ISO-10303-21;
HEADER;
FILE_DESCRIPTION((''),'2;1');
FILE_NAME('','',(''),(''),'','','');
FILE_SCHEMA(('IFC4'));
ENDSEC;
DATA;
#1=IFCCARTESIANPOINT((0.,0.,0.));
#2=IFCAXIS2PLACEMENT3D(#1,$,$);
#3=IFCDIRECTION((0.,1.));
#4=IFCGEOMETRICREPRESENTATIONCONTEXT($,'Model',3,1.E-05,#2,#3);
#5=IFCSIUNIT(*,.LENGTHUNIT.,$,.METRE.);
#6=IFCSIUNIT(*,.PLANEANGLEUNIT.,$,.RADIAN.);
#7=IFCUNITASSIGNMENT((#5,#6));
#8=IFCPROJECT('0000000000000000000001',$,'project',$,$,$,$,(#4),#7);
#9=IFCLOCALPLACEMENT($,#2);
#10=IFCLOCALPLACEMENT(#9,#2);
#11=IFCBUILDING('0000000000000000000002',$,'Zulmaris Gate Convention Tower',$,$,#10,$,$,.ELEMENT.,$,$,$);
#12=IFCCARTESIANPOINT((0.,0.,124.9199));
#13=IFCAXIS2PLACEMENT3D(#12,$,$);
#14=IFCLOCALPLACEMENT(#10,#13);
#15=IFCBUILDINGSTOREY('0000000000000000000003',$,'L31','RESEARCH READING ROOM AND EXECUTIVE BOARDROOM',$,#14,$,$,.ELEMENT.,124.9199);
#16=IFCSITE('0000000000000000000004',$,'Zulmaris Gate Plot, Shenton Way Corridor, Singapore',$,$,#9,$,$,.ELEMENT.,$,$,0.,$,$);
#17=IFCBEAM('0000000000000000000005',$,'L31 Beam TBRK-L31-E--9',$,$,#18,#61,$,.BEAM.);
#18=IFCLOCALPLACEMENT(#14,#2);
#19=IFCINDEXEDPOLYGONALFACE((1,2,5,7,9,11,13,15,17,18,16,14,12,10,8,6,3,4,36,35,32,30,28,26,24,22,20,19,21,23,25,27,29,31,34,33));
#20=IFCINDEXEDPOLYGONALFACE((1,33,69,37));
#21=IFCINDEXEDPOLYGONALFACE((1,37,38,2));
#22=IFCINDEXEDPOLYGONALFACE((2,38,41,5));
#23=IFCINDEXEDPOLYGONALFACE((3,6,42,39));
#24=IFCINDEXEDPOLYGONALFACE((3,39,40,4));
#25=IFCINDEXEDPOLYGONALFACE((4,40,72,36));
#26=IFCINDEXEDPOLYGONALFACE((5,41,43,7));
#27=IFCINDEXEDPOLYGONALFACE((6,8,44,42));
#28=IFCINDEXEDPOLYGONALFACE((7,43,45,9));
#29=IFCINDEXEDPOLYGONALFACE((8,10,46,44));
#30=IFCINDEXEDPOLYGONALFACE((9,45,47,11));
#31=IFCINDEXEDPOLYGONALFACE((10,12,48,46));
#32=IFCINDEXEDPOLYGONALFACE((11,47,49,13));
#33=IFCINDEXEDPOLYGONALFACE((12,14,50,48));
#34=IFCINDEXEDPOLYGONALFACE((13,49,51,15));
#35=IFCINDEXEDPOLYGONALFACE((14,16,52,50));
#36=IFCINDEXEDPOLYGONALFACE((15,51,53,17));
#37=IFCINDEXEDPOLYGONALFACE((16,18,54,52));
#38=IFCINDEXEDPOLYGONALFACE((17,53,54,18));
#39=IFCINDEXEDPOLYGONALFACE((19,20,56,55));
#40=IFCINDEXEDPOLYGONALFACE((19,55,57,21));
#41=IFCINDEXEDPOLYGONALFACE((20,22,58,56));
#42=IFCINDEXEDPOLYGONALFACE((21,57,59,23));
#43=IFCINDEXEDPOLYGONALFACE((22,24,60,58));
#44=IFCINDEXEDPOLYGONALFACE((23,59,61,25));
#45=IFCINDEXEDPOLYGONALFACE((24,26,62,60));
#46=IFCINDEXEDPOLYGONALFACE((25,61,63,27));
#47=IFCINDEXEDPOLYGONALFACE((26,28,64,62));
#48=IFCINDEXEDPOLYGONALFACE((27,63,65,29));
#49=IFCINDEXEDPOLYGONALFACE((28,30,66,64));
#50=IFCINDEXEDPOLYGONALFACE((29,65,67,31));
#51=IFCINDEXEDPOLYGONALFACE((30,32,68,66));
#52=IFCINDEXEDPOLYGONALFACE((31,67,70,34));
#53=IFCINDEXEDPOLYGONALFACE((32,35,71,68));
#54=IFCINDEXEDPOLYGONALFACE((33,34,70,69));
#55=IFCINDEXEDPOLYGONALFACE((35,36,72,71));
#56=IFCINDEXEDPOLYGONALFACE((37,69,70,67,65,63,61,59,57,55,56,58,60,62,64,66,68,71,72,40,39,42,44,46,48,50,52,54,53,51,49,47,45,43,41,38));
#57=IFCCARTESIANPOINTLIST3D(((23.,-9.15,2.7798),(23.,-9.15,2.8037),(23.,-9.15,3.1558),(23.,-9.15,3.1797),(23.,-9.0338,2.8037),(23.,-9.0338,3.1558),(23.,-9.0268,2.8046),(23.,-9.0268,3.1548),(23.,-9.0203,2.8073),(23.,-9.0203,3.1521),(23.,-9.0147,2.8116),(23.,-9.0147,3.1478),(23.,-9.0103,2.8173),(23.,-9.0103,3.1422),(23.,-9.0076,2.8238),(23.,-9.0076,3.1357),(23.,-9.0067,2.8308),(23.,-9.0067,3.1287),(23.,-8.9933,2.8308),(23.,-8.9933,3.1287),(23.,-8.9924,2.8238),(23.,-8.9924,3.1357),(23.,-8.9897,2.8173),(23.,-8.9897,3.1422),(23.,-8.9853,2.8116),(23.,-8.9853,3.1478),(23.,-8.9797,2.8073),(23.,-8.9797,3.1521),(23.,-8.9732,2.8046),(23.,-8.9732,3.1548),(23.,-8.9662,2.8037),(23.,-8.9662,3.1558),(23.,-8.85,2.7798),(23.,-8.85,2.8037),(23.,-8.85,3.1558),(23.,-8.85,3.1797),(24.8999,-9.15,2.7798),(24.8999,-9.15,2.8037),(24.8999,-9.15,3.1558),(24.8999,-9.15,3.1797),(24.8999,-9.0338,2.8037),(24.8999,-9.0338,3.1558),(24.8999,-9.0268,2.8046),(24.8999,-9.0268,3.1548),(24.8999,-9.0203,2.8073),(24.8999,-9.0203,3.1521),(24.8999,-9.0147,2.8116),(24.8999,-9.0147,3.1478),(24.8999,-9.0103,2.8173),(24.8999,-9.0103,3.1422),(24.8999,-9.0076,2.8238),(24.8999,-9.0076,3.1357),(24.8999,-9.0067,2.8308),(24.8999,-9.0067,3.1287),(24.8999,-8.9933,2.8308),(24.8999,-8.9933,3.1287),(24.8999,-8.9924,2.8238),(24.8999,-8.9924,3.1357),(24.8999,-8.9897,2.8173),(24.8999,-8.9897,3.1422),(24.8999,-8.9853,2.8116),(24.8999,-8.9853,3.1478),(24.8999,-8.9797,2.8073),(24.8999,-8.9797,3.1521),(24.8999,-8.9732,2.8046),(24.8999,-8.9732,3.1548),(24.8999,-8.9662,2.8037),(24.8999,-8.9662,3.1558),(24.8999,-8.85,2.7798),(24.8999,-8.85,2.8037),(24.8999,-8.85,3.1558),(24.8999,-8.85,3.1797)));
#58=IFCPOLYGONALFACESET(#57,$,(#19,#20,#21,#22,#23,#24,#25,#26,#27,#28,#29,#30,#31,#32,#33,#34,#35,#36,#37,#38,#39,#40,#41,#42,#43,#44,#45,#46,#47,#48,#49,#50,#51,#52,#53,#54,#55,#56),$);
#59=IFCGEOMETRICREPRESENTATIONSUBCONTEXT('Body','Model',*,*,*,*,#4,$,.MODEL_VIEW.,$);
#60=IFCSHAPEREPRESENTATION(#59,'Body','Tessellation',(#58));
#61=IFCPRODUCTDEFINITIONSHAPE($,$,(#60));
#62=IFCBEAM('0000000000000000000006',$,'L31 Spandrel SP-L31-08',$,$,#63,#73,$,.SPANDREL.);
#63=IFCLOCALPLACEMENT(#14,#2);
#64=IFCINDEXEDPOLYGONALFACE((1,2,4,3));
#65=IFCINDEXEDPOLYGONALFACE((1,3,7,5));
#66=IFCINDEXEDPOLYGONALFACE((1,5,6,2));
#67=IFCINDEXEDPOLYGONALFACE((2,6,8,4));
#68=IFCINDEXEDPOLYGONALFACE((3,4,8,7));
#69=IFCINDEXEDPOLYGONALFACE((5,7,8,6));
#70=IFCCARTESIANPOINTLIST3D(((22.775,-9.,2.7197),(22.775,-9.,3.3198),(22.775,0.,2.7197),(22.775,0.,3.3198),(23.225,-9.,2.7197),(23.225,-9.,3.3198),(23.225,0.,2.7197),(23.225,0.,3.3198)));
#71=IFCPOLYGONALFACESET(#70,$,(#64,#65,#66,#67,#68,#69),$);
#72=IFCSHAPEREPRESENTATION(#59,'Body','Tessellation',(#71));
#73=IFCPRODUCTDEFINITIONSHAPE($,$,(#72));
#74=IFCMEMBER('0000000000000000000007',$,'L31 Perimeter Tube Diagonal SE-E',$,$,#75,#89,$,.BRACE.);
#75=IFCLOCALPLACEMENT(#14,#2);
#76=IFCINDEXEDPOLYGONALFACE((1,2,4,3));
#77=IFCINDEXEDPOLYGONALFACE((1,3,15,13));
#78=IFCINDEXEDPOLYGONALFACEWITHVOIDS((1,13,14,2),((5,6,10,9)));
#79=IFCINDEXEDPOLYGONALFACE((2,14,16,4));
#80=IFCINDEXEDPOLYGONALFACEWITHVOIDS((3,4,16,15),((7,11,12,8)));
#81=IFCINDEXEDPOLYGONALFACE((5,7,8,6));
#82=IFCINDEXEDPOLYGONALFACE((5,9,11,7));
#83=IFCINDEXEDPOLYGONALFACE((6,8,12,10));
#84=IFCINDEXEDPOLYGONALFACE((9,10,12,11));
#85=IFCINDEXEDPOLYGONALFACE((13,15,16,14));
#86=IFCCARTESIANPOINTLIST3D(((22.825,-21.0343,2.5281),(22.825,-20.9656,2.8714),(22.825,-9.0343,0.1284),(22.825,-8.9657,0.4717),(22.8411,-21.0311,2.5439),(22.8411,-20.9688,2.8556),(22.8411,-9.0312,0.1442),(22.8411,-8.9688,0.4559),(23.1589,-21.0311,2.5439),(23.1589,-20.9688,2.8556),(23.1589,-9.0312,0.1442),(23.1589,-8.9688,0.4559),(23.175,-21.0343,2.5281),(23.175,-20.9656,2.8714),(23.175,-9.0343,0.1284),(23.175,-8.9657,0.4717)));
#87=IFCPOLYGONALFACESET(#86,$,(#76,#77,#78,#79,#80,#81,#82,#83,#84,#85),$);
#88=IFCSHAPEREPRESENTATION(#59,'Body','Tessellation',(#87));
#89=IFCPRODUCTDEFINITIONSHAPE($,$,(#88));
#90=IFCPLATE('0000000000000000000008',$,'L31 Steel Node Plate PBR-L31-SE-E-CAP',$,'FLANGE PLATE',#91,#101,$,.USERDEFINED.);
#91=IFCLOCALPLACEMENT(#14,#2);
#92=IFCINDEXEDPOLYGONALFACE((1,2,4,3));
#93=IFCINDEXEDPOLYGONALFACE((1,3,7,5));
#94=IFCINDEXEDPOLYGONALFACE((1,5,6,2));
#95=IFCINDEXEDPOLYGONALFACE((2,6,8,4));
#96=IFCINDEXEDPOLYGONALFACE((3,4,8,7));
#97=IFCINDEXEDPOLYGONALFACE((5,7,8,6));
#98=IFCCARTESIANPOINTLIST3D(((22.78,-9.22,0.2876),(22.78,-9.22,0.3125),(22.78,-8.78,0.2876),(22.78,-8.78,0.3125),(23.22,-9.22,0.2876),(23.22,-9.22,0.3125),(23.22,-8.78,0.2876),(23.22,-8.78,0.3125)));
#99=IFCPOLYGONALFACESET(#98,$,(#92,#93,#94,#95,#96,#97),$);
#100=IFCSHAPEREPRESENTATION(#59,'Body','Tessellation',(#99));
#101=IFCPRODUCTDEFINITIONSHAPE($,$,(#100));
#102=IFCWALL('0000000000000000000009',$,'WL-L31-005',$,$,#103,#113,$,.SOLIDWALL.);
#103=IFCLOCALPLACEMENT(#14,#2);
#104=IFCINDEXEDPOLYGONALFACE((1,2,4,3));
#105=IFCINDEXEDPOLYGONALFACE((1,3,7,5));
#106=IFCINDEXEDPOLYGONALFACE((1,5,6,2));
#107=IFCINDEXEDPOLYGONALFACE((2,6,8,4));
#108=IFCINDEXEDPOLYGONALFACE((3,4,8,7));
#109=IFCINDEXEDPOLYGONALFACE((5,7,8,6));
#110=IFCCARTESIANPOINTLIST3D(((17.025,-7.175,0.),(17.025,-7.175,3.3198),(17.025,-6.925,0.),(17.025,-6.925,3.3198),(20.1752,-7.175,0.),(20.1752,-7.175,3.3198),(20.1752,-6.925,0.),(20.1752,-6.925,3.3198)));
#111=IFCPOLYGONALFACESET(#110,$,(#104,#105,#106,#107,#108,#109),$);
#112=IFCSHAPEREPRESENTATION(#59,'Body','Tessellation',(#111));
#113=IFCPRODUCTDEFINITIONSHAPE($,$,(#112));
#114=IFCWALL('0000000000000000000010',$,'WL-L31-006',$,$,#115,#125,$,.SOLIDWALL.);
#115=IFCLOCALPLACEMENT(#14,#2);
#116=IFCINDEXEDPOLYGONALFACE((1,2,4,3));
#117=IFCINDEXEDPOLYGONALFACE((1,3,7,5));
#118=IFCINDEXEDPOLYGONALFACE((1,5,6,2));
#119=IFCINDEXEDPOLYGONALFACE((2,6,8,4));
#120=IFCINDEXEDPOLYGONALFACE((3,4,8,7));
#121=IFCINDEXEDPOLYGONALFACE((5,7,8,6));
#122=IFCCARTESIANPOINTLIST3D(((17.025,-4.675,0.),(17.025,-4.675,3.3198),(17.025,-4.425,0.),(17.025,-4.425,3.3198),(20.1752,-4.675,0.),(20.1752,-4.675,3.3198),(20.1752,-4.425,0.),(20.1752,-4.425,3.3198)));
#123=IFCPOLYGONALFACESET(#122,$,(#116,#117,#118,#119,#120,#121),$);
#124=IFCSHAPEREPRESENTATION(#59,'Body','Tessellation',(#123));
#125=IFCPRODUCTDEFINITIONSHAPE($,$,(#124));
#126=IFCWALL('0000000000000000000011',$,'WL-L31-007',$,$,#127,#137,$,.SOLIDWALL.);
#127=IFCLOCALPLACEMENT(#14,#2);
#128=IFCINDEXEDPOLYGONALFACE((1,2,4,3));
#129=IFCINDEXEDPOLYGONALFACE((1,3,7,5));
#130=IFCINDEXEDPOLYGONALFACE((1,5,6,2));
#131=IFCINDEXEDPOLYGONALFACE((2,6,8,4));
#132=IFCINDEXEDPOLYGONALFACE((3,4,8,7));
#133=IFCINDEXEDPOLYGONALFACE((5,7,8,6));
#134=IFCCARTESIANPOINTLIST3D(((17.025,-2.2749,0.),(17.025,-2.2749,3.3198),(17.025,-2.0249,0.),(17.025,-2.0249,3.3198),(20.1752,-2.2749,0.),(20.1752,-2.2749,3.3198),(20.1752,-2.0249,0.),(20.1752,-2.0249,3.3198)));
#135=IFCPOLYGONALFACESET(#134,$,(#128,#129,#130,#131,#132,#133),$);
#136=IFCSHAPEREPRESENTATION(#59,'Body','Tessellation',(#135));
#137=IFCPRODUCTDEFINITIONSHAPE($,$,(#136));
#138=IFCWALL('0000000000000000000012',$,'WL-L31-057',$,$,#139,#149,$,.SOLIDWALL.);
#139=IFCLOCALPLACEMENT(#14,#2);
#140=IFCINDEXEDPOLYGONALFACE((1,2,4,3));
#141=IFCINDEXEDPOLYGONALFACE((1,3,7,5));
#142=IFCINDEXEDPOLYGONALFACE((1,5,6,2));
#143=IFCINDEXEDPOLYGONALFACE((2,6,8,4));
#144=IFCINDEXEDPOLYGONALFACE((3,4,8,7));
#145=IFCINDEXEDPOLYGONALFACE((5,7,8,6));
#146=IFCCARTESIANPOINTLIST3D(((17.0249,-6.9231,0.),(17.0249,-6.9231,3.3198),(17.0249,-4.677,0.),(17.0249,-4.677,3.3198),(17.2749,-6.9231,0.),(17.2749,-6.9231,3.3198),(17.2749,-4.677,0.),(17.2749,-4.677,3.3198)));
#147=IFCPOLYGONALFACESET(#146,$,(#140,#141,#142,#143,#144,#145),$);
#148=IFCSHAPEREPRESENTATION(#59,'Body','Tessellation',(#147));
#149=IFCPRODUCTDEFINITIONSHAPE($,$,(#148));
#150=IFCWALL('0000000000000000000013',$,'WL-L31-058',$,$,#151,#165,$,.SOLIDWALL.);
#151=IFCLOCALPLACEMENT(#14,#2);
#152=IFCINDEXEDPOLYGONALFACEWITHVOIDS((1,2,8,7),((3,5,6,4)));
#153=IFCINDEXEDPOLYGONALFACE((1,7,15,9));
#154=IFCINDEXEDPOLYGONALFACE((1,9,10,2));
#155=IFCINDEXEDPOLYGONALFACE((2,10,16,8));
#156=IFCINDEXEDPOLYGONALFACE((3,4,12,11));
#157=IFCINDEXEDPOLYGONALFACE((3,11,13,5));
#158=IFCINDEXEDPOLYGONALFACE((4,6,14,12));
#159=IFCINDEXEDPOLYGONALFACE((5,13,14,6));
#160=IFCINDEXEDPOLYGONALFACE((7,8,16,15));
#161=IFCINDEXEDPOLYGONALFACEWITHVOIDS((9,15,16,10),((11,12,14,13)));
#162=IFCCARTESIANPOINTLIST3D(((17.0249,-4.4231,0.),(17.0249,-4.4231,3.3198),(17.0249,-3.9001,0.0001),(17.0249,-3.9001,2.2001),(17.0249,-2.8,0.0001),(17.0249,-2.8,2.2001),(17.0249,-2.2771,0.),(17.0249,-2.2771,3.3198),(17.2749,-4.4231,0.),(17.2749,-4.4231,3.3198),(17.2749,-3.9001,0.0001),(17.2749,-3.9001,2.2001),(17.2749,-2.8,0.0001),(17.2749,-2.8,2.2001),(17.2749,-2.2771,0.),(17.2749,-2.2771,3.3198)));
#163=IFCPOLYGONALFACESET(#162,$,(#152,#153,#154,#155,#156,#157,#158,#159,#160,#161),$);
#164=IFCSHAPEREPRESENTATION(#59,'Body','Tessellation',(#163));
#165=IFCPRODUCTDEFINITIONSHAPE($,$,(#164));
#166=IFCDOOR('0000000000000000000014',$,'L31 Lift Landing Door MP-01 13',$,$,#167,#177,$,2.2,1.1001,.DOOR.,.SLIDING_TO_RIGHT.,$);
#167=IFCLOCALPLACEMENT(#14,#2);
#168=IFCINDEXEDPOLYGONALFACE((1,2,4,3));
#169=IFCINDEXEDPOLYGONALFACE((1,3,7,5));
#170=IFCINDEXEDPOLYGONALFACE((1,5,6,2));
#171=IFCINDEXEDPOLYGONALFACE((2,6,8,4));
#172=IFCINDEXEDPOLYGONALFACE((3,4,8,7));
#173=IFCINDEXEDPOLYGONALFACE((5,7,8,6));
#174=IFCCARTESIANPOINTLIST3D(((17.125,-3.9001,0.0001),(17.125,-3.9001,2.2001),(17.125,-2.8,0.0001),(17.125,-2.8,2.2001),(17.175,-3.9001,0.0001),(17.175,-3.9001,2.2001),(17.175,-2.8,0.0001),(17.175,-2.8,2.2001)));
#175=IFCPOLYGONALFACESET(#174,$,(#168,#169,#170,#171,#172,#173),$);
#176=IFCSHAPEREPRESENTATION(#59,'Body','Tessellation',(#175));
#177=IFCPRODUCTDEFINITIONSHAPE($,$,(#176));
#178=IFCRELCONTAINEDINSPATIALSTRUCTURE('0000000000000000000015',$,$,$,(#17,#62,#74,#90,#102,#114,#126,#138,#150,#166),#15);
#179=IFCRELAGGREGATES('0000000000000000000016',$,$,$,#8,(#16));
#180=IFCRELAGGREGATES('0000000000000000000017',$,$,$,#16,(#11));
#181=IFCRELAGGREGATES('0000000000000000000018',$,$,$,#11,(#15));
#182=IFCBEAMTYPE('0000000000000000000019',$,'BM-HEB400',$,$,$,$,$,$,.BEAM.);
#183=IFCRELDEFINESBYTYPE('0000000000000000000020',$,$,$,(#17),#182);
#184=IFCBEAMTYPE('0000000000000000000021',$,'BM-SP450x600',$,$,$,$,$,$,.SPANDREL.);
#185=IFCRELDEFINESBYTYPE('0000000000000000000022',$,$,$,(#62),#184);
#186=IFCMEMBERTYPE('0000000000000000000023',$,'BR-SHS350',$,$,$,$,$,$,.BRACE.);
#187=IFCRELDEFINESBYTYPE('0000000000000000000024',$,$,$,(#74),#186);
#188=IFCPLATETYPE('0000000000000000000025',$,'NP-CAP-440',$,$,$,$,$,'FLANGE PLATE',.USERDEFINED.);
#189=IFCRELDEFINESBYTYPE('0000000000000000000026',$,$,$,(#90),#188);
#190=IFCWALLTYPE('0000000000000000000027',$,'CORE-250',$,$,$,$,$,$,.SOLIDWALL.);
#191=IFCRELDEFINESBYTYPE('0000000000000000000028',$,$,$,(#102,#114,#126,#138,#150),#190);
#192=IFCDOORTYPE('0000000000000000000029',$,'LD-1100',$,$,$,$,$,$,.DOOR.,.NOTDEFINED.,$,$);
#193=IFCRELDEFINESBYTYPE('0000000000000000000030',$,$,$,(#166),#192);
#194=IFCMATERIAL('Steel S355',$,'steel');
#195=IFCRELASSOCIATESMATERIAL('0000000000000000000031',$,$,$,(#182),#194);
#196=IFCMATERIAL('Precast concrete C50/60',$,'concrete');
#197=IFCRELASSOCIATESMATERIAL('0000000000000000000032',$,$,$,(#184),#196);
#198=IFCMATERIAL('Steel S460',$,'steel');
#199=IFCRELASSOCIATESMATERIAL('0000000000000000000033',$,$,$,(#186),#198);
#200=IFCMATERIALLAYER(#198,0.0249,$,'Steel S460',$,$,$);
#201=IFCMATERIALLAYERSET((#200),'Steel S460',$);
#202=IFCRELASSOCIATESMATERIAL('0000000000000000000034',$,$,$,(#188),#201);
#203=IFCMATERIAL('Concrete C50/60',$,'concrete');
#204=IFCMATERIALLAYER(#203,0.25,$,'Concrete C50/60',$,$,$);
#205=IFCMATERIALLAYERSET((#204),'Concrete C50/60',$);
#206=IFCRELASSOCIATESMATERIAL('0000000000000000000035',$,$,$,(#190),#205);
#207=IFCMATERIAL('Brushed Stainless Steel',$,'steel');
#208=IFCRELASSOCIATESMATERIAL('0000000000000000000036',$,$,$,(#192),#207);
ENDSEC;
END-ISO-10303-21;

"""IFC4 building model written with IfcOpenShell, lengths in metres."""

from ifc_helpers import new_model, si_unit, direction, frame, frame_2d, origin, origin_2d, place, context, subcontext, project, spatial, rectangle, hollow_rectangle, i_section, extrude, material, layer, layer_set, material_profile, profile_set, type_object, element, fill, save


model = new_model("IFC4")

# Units and contexts
model_context = context("Model", 3, precision=1e-05, world=origin(), true_north=direction((0.0, 1.0)))
body_context = subcontext(model_context, "Body", "Model", "MODEL_VIEW")
ifc_project = project(units=[si_unit("LENGTHUNIT", "METRE"), si_unit("PLANEANGLEUNIT", "RADIAN")], contexts=[model_context])

# Site, building, storey
site_placement = place(None, origin())
site = spatial("IfcSite", under=ifc_project, at=site_placement, Name="Zulmaris Gate Plot, Shenton Way Corridor, Singapore", CompositionType="ELEMENT", RefElevation=0.0)
building_placement = place(site_placement, origin())
building = spatial("IfcBuilding", under=site, at=building_placement, Name="Zulmaris Gate Convention Tower", CompositionType="ELEMENT")
storey_placement = place(building_placement, frame((0.0, 0.0, 124.9199)))
storey = spatial("IfcBuildingStorey", under=building, at=storey_placement, Name="L31", Description="RESEARCH READING ROOM AND EXECUTIVE BOARDROOM", CompositionType="ELEMENT", Elevation=124.9199)

# Beams
ifc_material_1 = material(Name="Steel S355", Category="steel")
ifc_material_profile_1 = material_profile(ifc_material_1, i_section(OverallWidth=0.3, OverallDepth=0.3999, WebThickness=0.0134, FlangeThickness=0.0239, FilletRadius=0.0271, at=origin_2d()), Name="HEB 400")
ifc_profile_set_1 = profile_set([ifc_material_profile_1], Name="Steel S355")
beam_type_1 = type_object("IfcBeamType", Name="BM-HEB400", PredefinedType="BEAM", material=ifc_profile_set_1)
beam_1_placement = place(storey_placement, frame((23.0, -9.0, 2.9797), z_axis=(1.0, 0.0, 0.0), x_axis=(0.0, 1.0, 0.0)))
element("IfcBeam", 1, at=beam_1_placement, inside=storey, type_object=beam_type_1, Name="L31 Beam TBRK-L31-E--9", PredefinedType="BEAM", context=body_context, shape_type="SweptSolid", body=[
    extrude(i_section(OverallWidth=0.3, OverallDepth=0.3999, WebThickness=0.0134, FlangeThickness=0.0239, FilletRadius=0.0271, at=origin_2d()), origin(), (0.0, 0.0, 1.0), 1.8999),
])
ifc_material_2 = material(Name="Precast concrete C50/60", Category="concrete")
ifc_material_profile_2 = material_profile(ifc_material_2, rectangle(XDim=0.45, YDim=0.6001, at=origin_2d()), Name="RC SPANDREL 450x600")
ifc_profile_set_2 = profile_set([ifc_material_profile_2], Name="Precast concrete C50/60")
beam_type_2 = type_object("IfcBeamType", Name="BM-SP450x600", PredefinedType="SPANDREL", material=ifc_profile_set_2)
beam_2_placement = place(storey_placement, frame((23.0, -9.0, 3.0198), z_axis=(0.0, 1.0, 0.0), x_axis=(-1.0, 0.0, 0.0)))
element("IfcBeam", 2, at=beam_2_placement, inside=storey, type_object=beam_type_2, Name="L31 Spandrel SP-L31-08", PredefinedType="SPANDREL", context=body_context, shape_type="SweptSolid", body=[
    extrude(rectangle(XDim=0.45, YDim=0.6001, at=origin_2d()), origin(), (0.0, 0.0, 1.0), 9.0),
])

# Member
ifc_material_3 = material(Name="Steel S460", Category="steel")
ifc_material_profile_3 = material_profile(ifc_material_3, hollow_rectangle(XDim=0.3501, YDim=0.3501, WallThickness=0.0161, at=origin_2d()), Name="SHS 350x350x16")
ifc_profile_set_3 = profile_set([ifc_material_profile_3], Name="Steel S460")
member_type = type_object("IfcMemberType", Name="BR-SHS350", PredefinedType="BRACE", material=ifc_profile_set_3)
member_placement = place(storey_placement, frame((23.0, -9.0, 0.3), z_axis=(0.0, -0.980586, 0.196089), x_axis=(1.0, 0.0, 0.0)))
element("IfcMember", 3, at=member_placement, inside=storey, type_object=member_type, Name="L31 Perimeter Tube Diagonal SE-E", PredefinedType="BRACE", context=body_context, shape_type="SweptSolid", body=[
    extrude(hollow_rectangle(XDim=0.3501, YDim=0.3501, WallThickness=0.0161, at=origin_2d()), origin(), (0.0, 0.0, 1.0), 12.2375),
])

# Plate
ifc_layer_1 = layer(ifc_material_3, 0.0249, Name="Steel S460")
ifc_layer_set_1 = layer_set([ifc_layer_1], Name="Steel S460")
plate_type = type_object("IfcPlateType", Name="NP-CAP-440", ElementType="FLANGE PLATE", PredefinedType="USERDEFINED", material=ifc_layer_set_1)
plate_placement = place(storey_placement, frame((23.0, -9.0, 0.2876), z_axis=(0.0, 0.0, 1.0), x_axis=(1.0, 0.0, 0.0)))
element("IfcPlate", 4, at=plate_placement, inside=storey, type_object=plate_type, Name="L31 Steel Node Plate PBR-L31-SE-E-CAP", ObjectType="FLANGE PLATE", PredefinedType="USERDEFINED", context=body_context, shape_type="SweptSolid", body=[
    extrude(rectangle(XDim=0.4399, YDim=0.4399, at=origin_2d()), origin(), (0.0, 0.0, 1.0), 0.0249),
])

# Walls
ifc_material_4 = material(Name="Concrete C50/60", Category="concrete")
ifc_layer_2 = layer(ifc_material_4, 0.25, Name="Concrete C50/60")
ifc_layer_set_2 = layer_set([ifc_layer_2], Name="Concrete C50/60")
wall_type_1 = type_object("IfcWallType", Name="CORE-250", PredefinedType="SOLIDWALL", material=ifc_layer_set_2)
for number, where, z_axis, x_axis, name in (
    (5, (17.0249, -7.05, 0.0), (0.0, 0.0, 1.0), (1.0, 0.0, 0.0), "WL-L31-005"),
    (6, (17.0249, -4.55, 0.0), (0.0, 0.0, 1.0), (1.0, 0.0, 0.0), "WL-L31-006"),
    (7, (17.0249, -2.1499, 0.0), (0.0, 0.0, 1.0), (1.0, 0.0, 0.0), "WL-L31-007"),
):
    element("IfcWall", number, at=place(storey_placement, frame(where, z_axis=z_axis, x_axis=x_axis)), inside=storey, type_object=wall_type_1, Name=name, PredefinedType="SOLIDWALL", context=body_context, shape_type="SweptSolid", body=[
        extrude(rectangle(XDim=3.1501, YDim=0.25, at=frame_2d((1.5752, 0.0))), origin(), (0.0, 0.0, 1.0), 3.3198),
    ])
wall_1_placement = place(storey_placement, frame((17.1499, -6.9231, 0.0), z_axis=(0.0, 0.0, 1.0), x_axis=(0.0, 1.0, 0.0)))
element("IfcWall", 8, at=wall_1_placement, inside=storey, type_object=wall_type_1, Name="WL-L31-057", PredefinedType="SOLIDWALL", context=body_context, shape_type="SweptSolid", body=[
    extrude(rectangle(XDim=2.2461, YDim=0.25, at=frame_2d((1.123, 0.0))), origin(), (0.0, 0.0, 1.0), 3.3198),
])

# Wall, opening, door
wall_2_placement = place(storey_placement, frame((17.1499, -4.4231, 0.0), z_axis=(0.0, 0.0, 1.0), x_axis=(0.0, 1.0, 0.0)))
wall_2 = element("IfcWall", 9, at=wall_2_placement, inside=storey, type_object=wall_type_1, Name="WL-L31-058", PredefinedType="SOLIDWALL", context=body_context, shape_type="SweptSolid", body=[
    extrude(rectangle(XDim=2.146, YDim=0.25, at=frame_2d((1.073, 0.0))), origin(), (0.0, 0.0, 1.0), 3.3198),
])
opening_1_placement = place(wall_2_placement, frame((0.5229, 0.0, 0.0)))
opening_1 = element("IfcOpeningElement", 10, at=opening_1_placement, cuts=wall_2, PredefinedType="OPENING", context=body_context, shape_type="SweptSolid", body=[
    extrude(rectangle(XDim=1.1001, YDim=2.2, at=frame_2d((0.55, 1.1001))), frame((0.0, 0.135, 0.0), z_axis=(0.0, -1.0, 0.0), x_axis=(1.0, 0.0, 0.0)), (0.0, 0.0, 1.0), 0.27),
])
ifc_material_5 = material(Name="Brushed Stainless Steel", Category="steel")
door_type = type_object("IfcDoorType", Name="LD-1100", OperationType="NOTDEFINED", PredefinedType="DOOR", material=ifc_material_5)
door_1_placement = place(opening_1_placement, origin())
door_1 = element("IfcDoor", 11, at=door_1_placement, inside=storey, type_object=door_type, Name="L31 Lift Landing Door MP-01 13", OperationType="SLIDING_TO_RIGHT", OverallHeight=2.2, OverallWidth=1.1001, PredefinedType="DOOR", context=body_context, shape_type="SweptSolid", body=[
    extrude(rectangle(XDim=1.1001, YDim=2.2, at=frame_2d((0.55, 1.1001))), frame((0.0, 0.0249, 0.0), z_axis=(0.0, -1.0, 0.0), x_axis=(1.0, 0.0, 0.0)), (0.0, 0.0, 1.0), 0.05),
])
fill(opening_1, door_1)

save(model, "model.ifc")
